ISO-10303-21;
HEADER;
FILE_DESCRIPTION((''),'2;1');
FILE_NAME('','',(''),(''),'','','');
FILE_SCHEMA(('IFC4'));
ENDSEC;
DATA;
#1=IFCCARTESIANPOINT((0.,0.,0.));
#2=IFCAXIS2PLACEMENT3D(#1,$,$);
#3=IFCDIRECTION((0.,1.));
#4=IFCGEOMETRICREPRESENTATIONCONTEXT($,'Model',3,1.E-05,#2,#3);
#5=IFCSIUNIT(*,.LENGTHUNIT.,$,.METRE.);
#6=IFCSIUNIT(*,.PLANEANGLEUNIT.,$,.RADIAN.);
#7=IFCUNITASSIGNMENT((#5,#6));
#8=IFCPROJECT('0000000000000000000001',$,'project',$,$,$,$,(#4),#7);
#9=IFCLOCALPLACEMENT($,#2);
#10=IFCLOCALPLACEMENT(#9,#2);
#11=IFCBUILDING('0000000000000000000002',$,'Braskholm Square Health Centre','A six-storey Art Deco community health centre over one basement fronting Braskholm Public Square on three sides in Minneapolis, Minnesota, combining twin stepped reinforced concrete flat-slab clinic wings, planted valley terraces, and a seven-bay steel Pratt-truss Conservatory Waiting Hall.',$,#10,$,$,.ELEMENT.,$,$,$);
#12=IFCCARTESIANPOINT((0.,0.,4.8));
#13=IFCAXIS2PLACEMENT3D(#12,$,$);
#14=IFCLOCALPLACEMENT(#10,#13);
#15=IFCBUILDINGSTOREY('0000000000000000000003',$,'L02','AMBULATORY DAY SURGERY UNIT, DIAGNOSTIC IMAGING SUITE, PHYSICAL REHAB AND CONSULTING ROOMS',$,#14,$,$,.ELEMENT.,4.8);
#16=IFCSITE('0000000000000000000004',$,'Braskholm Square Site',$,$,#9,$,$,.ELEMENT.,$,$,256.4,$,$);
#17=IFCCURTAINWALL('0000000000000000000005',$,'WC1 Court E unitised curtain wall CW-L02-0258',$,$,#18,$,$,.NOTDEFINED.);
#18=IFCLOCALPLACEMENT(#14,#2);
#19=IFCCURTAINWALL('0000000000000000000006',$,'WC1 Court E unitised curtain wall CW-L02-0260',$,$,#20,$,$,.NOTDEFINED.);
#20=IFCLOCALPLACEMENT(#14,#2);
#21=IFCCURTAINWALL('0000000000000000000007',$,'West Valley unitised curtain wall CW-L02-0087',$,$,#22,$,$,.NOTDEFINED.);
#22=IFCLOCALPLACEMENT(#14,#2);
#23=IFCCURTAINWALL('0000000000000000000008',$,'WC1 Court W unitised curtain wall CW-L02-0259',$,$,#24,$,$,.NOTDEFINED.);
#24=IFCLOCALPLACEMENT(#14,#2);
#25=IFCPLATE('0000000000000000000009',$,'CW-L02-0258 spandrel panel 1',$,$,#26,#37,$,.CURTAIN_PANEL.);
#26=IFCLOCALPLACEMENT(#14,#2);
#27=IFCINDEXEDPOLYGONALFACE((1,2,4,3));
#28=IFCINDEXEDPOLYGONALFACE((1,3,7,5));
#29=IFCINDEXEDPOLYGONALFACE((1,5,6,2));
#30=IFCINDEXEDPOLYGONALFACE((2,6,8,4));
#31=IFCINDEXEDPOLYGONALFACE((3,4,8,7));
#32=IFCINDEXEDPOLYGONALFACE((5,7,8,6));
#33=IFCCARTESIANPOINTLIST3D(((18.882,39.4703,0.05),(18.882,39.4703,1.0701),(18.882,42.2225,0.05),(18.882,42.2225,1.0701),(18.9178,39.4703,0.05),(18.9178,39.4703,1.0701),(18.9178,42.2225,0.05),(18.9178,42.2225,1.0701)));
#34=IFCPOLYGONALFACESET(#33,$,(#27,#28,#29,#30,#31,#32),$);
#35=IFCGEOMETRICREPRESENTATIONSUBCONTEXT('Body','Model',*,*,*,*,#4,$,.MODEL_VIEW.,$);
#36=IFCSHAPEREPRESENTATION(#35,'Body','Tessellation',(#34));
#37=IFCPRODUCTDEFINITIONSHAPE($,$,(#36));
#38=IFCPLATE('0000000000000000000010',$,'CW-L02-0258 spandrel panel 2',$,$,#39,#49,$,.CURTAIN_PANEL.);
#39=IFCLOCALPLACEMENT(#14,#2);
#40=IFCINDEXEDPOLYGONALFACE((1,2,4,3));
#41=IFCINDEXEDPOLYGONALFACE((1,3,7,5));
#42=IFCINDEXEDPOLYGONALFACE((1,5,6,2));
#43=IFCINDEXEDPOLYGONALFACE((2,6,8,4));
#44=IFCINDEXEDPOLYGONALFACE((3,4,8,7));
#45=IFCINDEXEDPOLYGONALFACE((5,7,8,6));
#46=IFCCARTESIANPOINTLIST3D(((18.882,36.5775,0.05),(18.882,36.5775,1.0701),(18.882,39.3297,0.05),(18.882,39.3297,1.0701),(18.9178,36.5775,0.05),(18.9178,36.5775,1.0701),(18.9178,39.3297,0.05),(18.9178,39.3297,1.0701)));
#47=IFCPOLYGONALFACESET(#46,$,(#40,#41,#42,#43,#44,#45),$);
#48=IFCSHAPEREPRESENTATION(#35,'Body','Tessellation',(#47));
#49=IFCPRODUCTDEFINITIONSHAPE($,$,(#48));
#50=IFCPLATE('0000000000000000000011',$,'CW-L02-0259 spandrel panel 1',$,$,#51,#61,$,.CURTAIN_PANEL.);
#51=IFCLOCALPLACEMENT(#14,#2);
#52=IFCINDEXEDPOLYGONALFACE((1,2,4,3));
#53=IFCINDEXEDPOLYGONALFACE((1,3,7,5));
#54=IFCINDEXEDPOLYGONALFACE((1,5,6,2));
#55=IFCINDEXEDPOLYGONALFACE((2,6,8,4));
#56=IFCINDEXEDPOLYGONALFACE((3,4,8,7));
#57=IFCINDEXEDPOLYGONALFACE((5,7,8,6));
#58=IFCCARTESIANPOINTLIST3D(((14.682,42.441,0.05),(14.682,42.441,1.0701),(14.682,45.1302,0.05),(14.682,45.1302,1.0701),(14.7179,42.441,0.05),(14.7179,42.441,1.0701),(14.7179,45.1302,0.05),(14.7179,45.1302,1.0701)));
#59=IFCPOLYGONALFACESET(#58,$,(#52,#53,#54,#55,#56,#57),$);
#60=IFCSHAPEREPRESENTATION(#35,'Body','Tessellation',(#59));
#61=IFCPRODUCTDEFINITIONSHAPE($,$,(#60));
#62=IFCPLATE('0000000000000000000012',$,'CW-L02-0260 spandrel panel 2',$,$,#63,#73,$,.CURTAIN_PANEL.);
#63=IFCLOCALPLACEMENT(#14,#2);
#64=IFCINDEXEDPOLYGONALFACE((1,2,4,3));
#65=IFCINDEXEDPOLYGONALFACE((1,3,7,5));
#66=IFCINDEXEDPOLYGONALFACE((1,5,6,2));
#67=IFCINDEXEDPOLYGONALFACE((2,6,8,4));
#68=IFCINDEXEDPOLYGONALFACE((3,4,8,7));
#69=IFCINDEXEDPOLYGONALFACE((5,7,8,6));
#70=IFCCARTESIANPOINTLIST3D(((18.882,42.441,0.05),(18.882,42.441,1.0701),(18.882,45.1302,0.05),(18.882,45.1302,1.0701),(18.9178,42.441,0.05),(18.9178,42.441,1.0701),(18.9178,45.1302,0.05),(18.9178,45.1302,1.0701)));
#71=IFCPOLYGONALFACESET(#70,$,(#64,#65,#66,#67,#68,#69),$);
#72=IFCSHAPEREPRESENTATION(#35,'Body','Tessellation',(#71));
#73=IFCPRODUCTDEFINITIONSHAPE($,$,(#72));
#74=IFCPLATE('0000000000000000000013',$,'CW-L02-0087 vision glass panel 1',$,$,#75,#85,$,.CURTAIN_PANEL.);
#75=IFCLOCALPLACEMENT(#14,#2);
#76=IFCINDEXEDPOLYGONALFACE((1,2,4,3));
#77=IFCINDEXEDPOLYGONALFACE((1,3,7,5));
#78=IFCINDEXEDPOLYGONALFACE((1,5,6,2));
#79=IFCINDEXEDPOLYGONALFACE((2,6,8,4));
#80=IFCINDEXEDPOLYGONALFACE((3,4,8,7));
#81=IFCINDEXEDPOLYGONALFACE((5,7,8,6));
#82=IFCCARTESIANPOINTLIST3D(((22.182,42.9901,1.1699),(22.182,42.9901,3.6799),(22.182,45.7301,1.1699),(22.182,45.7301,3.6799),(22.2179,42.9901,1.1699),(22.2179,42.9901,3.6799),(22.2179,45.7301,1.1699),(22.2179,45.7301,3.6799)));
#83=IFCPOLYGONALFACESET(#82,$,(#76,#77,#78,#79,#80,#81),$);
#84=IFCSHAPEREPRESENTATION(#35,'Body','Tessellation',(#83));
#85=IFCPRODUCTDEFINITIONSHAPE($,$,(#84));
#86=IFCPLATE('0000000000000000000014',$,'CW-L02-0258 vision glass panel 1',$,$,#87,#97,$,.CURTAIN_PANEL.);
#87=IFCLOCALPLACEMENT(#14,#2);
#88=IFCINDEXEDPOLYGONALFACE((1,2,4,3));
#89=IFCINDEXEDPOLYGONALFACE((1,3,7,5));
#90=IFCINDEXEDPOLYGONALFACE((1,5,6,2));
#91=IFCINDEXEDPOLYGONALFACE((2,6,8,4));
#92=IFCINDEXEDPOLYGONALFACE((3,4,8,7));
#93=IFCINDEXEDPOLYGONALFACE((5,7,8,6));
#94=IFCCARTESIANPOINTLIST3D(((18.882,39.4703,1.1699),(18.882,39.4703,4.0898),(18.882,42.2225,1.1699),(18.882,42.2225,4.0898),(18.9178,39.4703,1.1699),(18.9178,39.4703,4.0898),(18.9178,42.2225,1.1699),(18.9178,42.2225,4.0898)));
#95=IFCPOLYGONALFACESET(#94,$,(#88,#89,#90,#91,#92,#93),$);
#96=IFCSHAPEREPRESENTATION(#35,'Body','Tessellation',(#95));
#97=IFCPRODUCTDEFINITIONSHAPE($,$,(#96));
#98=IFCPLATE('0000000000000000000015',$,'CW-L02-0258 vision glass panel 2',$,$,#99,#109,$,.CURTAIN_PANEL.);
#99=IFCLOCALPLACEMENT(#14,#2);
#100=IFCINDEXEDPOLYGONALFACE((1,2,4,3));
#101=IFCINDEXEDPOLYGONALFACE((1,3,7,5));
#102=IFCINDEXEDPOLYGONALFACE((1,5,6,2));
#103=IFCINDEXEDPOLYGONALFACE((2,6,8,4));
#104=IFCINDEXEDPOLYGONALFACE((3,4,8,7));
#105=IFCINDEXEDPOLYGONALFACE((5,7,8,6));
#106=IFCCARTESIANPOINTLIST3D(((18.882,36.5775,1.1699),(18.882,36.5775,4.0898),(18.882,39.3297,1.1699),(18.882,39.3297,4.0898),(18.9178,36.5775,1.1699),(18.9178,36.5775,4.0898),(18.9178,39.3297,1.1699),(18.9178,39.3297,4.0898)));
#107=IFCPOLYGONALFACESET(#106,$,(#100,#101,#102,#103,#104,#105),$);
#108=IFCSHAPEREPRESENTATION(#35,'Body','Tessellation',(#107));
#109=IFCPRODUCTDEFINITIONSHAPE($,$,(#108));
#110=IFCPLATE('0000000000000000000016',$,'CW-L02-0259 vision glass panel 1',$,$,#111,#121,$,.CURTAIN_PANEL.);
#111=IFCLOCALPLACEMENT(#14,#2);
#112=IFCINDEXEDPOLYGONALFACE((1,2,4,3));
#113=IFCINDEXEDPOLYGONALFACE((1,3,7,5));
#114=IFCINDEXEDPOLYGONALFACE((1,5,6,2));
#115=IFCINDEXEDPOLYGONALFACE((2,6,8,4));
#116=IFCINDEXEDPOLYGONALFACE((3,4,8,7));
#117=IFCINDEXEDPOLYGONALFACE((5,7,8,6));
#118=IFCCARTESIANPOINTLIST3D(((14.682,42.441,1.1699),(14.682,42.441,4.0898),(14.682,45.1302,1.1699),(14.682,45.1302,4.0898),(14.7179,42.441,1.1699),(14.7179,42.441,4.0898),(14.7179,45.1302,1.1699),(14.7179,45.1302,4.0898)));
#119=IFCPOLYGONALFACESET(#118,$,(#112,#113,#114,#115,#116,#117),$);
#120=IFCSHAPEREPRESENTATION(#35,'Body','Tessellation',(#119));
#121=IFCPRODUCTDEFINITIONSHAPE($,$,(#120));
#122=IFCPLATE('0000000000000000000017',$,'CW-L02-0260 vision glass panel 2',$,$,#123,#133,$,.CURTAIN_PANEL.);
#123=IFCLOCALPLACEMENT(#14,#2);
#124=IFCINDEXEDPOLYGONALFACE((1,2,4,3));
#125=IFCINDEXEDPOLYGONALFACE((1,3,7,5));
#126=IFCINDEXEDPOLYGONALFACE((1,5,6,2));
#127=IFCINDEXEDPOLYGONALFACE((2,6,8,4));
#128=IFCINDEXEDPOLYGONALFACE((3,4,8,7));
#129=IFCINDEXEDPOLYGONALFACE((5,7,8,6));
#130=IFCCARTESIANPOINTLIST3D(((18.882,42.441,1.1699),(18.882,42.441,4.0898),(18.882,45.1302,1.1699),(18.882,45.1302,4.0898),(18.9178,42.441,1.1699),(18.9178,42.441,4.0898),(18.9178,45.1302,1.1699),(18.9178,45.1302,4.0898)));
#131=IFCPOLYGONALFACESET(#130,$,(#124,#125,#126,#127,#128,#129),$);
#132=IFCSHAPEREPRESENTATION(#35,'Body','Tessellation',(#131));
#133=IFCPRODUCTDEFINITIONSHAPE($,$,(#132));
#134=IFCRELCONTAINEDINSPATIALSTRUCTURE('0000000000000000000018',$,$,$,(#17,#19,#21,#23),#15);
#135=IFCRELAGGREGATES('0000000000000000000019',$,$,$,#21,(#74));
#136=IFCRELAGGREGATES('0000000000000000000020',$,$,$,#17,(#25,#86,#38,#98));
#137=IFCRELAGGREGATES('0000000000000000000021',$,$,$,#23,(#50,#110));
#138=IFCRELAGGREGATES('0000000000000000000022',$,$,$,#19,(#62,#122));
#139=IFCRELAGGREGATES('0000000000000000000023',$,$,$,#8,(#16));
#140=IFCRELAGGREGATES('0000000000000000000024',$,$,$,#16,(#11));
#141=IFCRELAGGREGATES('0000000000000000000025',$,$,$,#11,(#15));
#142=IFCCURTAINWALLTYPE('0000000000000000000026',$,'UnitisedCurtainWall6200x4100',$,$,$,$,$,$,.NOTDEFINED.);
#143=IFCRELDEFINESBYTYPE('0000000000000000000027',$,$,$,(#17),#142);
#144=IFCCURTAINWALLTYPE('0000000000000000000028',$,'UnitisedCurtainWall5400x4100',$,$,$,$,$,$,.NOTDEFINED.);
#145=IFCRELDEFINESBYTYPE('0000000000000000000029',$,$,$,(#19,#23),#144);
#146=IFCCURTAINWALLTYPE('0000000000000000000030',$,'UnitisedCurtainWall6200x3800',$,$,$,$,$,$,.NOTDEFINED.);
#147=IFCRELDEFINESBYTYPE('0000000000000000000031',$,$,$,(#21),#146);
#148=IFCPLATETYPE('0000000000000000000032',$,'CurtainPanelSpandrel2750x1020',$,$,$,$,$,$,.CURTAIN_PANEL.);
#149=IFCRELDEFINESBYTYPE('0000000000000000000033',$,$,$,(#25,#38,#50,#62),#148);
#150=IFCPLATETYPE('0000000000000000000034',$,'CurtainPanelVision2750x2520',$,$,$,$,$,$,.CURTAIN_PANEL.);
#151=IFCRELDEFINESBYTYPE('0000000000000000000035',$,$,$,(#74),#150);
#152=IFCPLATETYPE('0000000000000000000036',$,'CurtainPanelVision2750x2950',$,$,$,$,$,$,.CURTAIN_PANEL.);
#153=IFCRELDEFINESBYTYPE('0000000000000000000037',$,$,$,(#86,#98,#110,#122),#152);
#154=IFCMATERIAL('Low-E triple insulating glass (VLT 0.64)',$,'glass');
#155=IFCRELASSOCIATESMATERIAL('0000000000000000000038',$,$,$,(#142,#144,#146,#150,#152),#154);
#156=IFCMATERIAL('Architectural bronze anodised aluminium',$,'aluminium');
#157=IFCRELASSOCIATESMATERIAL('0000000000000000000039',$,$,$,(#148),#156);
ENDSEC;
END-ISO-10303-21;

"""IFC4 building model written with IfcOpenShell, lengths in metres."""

from ifc_helpers import new_model, si_unit, direction, frame, origin, origin_2d, place, context, subcontext, project, spatial, rectangle, extrude, material, type_object, element, aggregate, save


model = new_model("IFC4")

# Units and contexts
model_context = context("Model", 3, precision=1e-05, world=origin(), true_north=direction((0.0, 1.0)))
body_context = subcontext(model_context, "Body", "Model", "MODEL_VIEW")
ifc_project = project(units=[si_unit("LENGTHUNIT", "METRE"), si_unit("PLANEANGLEUNIT", "RADIAN")], contexts=[model_context])

# Site, building, storey
site_placement = place(None, origin())
site = spatial("IfcSite", under=ifc_project, at=site_placement, Name="Braskholm Square Site", CompositionType="ELEMENT", RefElevation=256.4)
building_placement = place(site_placement, origin())
building = spatial("IfcBuilding", under=site, at=building_placement, Name="Braskholm Square Health Centre", Description="A six-storey Art Deco community health centre over one basement fronting Braskholm Public Square on three sides in Minneapolis, Minnesota, combining twin stepped reinforced concrete flat-slab clinic wings, planted valley terraces, and a seven-bay steel Pratt-truss Conservatory Waiting Hall.", CompositionType="ELEMENT")
storey_placement = place(building_placement, frame((0.0, 0.0, 4.8)))
storey = spatial("IfcBuildingStorey", under=building, at=storey_placement, Name="L02", Description="AMBULATORY DAY SURGERY UNIT, DIAGNOSTIC IMAGING SUITE, PHYSICAL REHAB AND CONSULTING ROOMS", CompositionType="ELEMENT", Elevation=4.8)

# Curtain walls
ifc_material_1 = material(Name="Low-E triple insulating glass (VLT 0.64)", Category="glass")
curtain_wall_type_1 = type_object("IfcCurtainWallType", Name="UnitisedCurtainWall6200x4100", PredefinedType="NOTDEFINED", material=ifc_material_1)
curtain_wall_1_placement = place(storey_placement, origin())
curtain_wall_1 = element("IfcCurtainWall", 1, at=curtain_wall_1_placement, inside=storey, type_object=curtain_wall_type_1, Name="WC1 Court E unitised curtain wall CW-L02-0258", PredefinedType="NOTDEFINED")
ifc_material_2 = material(Name="Architectural bronze anodised aluminium", Category="aluminium")
curtain_wall_type_2 = type_object("IfcCurtainWallType", Name="UnitisedCurtainWall5400x4100", PredefinedType="NOTDEFINED", material=ifc_material_1)
curtain_wall_2_placement = place(storey_placement, origin())
curtain_wall_2 = element("IfcCurtainWall", 2, at=curtain_wall_2_placement, inside=storey, type_object=curtain_wall_type_2, Name="WC1 Court E unitised curtain wall CW-L02-0260", PredefinedType="NOTDEFINED")

# Curtain walls
curtain_wall_type_3 = type_object("IfcCurtainWallType", Name="UnitisedCurtainWall6200x3800", PredefinedType="NOTDEFINED", material=ifc_material_1)
curtain_wall_3_placement = place(storey_placement, origin())
curtain_wall_3 = element("IfcCurtainWall", 3, at=curtain_wall_3_placement, inside=storey, type_object=curtain_wall_type_3, Name="West Valley unitised curtain wall CW-L02-0087", PredefinedType="NOTDEFINED")
curtain_wall_4_placement = place(storey_placement, origin())
curtain_wall_4 = element("IfcCurtainWall", 4, at=curtain_wall_4_placement, inside=storey, type_object=curtain_wall_type_2, Name="WC1 Court W unitised curtain wall CW-L02-0259", PredefinedType="NOTDEFINED")

# Plates
plate_type_1 = type_object("IfcPlateType", Name="CurtainPanelSpandrel2750x1020", PredefinedType="CURTAIN_PANEL", material=ifc_material_2)
plate_1_placement = place(storey_placement, frame((18.8999, 40.8464, 0.05), z_axis=(0.0, 0.0, 1.0), x_axis=(0.0, -1.0, 0.0)))
plate_1 = element("IfcPlate", 5, at=plate_1_placement, type_object=plate_type_1, Name="CW-L02-0258 spandrel panel 1", PredefinedType="CURTAIN_PANEL", context=body_context, shape_type="SweptSolid", body=[
    extrude(rectangle(XDim=2.7522, YDim=0.0359, at=origin_2d()), origin(), (0.0, 0.0, 1.0), 1.02),
])
plate_2_placement = place(storey_placement, frame((18.8999, 37.9536, 0.05), z_axis=(0.0, 0.0, 1.0), x_axis=(0.0, -1.0, 0.0)))
plate_2 = element("IfcPlate", 6, at=plate_2_placement, type_object=plate_type_1, Name="CW-L02-0258 spandrel panel 2", PredefinedType="CURTAIN_PANEL", context=body_context, shape_type="SweptSolid", body=[
    extrude(rectangle(XDim=2.7522, YDim=0.0359, at=origin_2d()), origin(), (0.0, 0.0, 1.0), 1.02),
])
plate_3_placement = place(storey_placement, frame((14.7, 43.7856, 0.05), z_axis=(0.0, 0.0, 1.0), x_axis=(0.0, 1.0, 0.0)))
plate_3 = element("IfcPlate", 7, at=plate_3_placement, type_object=plate_type_1, Name="CW-L02-0259 spandrel panel 1", PredefinedType="CURTAIN_PANEL", context=body_context, shape_type="SweptSolid", body=[
    extrude(rectangle(XDim=2.6892, YDim=0.0359, at=origin_2d()), origin(), (0.0, 0.0, 1.0), 1.02),
])
plate_4_placement = place(storey_placement, frame((18.8999, 43.7856, 0.05), z_axis=(0.0, 0.0, 1.0), x_axis=(0.0, -1.0, 0.0)))
plate_4 = element("IfcPlate", 8, at=plate_4_placement, type_object=plate_type_1, Name="CW-L02-0260 spandrel panel 2", PredefinedType="CURTAIN_PANEL", context=body_context, shape_type="SweptSolid", body=[
    extrude(rectangle(XDim=2.6892, YDim=0.0359, at=origin_2d()), origin(), (0.0, 0.0, 1.0), 1.02),
])
plate_type_2 = type_object("IfcPlateType", Name="CurtainPanelVision2750x2520", PredefinedType="CURTAIN_PANEL", material=ifc_material_1)
plate_5_placement = place(storey_placement, frame((22.2, 44.3601, 1.1699), z_axis=(0.0, 0.0, 1.0), x_axis=(0.0, 1.0, 0.0)))
plate_5 = element("IfcPlate", 9, at=plate_5_placement, type_object=plate_type_2, Name="CW-L02-0087 vision glass panel 1", PredefinedType="CURTAIN_PANEL", context=body_context, shape_type="SweptSolid", body=[
    extrude(rectangle(XDim=2.74, YDim=0.0359, at=origin_2d()), origin(), (0.0, 0.0, 1.0), 2.51),
])
aggregate(curtain_wall_3, [plate_5])
plate_type_3 = type_object("IfcPlateType", Name="CurtainPanelVision2750x2950", PredefinedType="CURTAIN_PANEL", material=ifc_material_1)
plate_6_placement = place(storey_placement, frame((18.8999, 40.8464, 1.1699), z_axis=(0.0, 0.0, 1.0), x_axis=(0.0, -1.0, 0.0)))
plate_6 = element("IfcPlate", 10, at=plate_6_placement, type_object=plate_type_3, Name="CW-L02-0258 vision glass panel 1", PredefinedType="CURTAIN_PANEL", context=body_context, shape_type="SweptSolid", body=[
    extrude(rectangle(XDim=2.7522, YDim=0.0359, at=origin_2d()), origin(), (0.0, 0.0, 1.0), 2.9199),
])
plate_7_placement = place(storey_placement, frame((18.8999, 37.9536, 1.1699), z_axis=(0.0, 0.0, 1.0), x_axis=(0.0, -1.0, 0.0)))
plate_7 = element("IfcPlate", 11, at=plate_7_placement, type_object=plate_type_3, Name="CW-L02-0258 vision glass panel 2", PredefinedType="CURTAIN_PANEL", context=body_context, shape_type="SweptSolid", body=[
    extrude(rectangle(XDim=2.7522, YDim=0.0359, at=origin_2d()), origin(), (0.0, 0.0, 1.0), 2.9199),
])
aggregate(curtain_wall_1, [plate_1, plate_6, plate_2, plate_7])
plate_8_placement = place(storey_placement, frame((14.7, 43.7856, 1.1699), z_axis=(0.0, 0.0, 1.0), x_axis=(0.0, 1.0, 0.0)))
plate_8 = element("IfcPlate", 12, at=plate_8_placement, type_object=plate_type_3, Name="CW-L02-0259 vision glass panel 1", PredefinedType="CURTAIN_PANEL", context=body_context, shape_type="SweptSolid", body=[
    extrude(rectangle(XDim=2.6892, YDim=0.0359, at=origin_2d()), origin(), (0.0, 0.0, 1.0), 2.9199),
])
aggregate(curtain_wall_4, [plate_3, plate_8])
plate_9_placement = place(storey_placement, frame((18.8999, 43.7856, 1.1699), z_axis=(0.0, 0.0, 1.0), x_axis=(0.0, -1.0, 0.0)))
plate_9 = element("IfcPlate", 13, at=plate_9_placement, type_object=plate_type_3, Name="CW-L02-0260 vision glass panel 2", PredefinedType="CURTAIN_PANEL", context=body_context, shape_type="SweptSolid", body=[
    extrude(rectangle(XDim=2.6892, YDim=0.0359, at=origin_2d()), origin(), (0.0, 0.0, 1.0), 2.9199),
])
aggregate(curtain_wall_2, [plate_4, plate_9])

save(model, "model.ifc")
